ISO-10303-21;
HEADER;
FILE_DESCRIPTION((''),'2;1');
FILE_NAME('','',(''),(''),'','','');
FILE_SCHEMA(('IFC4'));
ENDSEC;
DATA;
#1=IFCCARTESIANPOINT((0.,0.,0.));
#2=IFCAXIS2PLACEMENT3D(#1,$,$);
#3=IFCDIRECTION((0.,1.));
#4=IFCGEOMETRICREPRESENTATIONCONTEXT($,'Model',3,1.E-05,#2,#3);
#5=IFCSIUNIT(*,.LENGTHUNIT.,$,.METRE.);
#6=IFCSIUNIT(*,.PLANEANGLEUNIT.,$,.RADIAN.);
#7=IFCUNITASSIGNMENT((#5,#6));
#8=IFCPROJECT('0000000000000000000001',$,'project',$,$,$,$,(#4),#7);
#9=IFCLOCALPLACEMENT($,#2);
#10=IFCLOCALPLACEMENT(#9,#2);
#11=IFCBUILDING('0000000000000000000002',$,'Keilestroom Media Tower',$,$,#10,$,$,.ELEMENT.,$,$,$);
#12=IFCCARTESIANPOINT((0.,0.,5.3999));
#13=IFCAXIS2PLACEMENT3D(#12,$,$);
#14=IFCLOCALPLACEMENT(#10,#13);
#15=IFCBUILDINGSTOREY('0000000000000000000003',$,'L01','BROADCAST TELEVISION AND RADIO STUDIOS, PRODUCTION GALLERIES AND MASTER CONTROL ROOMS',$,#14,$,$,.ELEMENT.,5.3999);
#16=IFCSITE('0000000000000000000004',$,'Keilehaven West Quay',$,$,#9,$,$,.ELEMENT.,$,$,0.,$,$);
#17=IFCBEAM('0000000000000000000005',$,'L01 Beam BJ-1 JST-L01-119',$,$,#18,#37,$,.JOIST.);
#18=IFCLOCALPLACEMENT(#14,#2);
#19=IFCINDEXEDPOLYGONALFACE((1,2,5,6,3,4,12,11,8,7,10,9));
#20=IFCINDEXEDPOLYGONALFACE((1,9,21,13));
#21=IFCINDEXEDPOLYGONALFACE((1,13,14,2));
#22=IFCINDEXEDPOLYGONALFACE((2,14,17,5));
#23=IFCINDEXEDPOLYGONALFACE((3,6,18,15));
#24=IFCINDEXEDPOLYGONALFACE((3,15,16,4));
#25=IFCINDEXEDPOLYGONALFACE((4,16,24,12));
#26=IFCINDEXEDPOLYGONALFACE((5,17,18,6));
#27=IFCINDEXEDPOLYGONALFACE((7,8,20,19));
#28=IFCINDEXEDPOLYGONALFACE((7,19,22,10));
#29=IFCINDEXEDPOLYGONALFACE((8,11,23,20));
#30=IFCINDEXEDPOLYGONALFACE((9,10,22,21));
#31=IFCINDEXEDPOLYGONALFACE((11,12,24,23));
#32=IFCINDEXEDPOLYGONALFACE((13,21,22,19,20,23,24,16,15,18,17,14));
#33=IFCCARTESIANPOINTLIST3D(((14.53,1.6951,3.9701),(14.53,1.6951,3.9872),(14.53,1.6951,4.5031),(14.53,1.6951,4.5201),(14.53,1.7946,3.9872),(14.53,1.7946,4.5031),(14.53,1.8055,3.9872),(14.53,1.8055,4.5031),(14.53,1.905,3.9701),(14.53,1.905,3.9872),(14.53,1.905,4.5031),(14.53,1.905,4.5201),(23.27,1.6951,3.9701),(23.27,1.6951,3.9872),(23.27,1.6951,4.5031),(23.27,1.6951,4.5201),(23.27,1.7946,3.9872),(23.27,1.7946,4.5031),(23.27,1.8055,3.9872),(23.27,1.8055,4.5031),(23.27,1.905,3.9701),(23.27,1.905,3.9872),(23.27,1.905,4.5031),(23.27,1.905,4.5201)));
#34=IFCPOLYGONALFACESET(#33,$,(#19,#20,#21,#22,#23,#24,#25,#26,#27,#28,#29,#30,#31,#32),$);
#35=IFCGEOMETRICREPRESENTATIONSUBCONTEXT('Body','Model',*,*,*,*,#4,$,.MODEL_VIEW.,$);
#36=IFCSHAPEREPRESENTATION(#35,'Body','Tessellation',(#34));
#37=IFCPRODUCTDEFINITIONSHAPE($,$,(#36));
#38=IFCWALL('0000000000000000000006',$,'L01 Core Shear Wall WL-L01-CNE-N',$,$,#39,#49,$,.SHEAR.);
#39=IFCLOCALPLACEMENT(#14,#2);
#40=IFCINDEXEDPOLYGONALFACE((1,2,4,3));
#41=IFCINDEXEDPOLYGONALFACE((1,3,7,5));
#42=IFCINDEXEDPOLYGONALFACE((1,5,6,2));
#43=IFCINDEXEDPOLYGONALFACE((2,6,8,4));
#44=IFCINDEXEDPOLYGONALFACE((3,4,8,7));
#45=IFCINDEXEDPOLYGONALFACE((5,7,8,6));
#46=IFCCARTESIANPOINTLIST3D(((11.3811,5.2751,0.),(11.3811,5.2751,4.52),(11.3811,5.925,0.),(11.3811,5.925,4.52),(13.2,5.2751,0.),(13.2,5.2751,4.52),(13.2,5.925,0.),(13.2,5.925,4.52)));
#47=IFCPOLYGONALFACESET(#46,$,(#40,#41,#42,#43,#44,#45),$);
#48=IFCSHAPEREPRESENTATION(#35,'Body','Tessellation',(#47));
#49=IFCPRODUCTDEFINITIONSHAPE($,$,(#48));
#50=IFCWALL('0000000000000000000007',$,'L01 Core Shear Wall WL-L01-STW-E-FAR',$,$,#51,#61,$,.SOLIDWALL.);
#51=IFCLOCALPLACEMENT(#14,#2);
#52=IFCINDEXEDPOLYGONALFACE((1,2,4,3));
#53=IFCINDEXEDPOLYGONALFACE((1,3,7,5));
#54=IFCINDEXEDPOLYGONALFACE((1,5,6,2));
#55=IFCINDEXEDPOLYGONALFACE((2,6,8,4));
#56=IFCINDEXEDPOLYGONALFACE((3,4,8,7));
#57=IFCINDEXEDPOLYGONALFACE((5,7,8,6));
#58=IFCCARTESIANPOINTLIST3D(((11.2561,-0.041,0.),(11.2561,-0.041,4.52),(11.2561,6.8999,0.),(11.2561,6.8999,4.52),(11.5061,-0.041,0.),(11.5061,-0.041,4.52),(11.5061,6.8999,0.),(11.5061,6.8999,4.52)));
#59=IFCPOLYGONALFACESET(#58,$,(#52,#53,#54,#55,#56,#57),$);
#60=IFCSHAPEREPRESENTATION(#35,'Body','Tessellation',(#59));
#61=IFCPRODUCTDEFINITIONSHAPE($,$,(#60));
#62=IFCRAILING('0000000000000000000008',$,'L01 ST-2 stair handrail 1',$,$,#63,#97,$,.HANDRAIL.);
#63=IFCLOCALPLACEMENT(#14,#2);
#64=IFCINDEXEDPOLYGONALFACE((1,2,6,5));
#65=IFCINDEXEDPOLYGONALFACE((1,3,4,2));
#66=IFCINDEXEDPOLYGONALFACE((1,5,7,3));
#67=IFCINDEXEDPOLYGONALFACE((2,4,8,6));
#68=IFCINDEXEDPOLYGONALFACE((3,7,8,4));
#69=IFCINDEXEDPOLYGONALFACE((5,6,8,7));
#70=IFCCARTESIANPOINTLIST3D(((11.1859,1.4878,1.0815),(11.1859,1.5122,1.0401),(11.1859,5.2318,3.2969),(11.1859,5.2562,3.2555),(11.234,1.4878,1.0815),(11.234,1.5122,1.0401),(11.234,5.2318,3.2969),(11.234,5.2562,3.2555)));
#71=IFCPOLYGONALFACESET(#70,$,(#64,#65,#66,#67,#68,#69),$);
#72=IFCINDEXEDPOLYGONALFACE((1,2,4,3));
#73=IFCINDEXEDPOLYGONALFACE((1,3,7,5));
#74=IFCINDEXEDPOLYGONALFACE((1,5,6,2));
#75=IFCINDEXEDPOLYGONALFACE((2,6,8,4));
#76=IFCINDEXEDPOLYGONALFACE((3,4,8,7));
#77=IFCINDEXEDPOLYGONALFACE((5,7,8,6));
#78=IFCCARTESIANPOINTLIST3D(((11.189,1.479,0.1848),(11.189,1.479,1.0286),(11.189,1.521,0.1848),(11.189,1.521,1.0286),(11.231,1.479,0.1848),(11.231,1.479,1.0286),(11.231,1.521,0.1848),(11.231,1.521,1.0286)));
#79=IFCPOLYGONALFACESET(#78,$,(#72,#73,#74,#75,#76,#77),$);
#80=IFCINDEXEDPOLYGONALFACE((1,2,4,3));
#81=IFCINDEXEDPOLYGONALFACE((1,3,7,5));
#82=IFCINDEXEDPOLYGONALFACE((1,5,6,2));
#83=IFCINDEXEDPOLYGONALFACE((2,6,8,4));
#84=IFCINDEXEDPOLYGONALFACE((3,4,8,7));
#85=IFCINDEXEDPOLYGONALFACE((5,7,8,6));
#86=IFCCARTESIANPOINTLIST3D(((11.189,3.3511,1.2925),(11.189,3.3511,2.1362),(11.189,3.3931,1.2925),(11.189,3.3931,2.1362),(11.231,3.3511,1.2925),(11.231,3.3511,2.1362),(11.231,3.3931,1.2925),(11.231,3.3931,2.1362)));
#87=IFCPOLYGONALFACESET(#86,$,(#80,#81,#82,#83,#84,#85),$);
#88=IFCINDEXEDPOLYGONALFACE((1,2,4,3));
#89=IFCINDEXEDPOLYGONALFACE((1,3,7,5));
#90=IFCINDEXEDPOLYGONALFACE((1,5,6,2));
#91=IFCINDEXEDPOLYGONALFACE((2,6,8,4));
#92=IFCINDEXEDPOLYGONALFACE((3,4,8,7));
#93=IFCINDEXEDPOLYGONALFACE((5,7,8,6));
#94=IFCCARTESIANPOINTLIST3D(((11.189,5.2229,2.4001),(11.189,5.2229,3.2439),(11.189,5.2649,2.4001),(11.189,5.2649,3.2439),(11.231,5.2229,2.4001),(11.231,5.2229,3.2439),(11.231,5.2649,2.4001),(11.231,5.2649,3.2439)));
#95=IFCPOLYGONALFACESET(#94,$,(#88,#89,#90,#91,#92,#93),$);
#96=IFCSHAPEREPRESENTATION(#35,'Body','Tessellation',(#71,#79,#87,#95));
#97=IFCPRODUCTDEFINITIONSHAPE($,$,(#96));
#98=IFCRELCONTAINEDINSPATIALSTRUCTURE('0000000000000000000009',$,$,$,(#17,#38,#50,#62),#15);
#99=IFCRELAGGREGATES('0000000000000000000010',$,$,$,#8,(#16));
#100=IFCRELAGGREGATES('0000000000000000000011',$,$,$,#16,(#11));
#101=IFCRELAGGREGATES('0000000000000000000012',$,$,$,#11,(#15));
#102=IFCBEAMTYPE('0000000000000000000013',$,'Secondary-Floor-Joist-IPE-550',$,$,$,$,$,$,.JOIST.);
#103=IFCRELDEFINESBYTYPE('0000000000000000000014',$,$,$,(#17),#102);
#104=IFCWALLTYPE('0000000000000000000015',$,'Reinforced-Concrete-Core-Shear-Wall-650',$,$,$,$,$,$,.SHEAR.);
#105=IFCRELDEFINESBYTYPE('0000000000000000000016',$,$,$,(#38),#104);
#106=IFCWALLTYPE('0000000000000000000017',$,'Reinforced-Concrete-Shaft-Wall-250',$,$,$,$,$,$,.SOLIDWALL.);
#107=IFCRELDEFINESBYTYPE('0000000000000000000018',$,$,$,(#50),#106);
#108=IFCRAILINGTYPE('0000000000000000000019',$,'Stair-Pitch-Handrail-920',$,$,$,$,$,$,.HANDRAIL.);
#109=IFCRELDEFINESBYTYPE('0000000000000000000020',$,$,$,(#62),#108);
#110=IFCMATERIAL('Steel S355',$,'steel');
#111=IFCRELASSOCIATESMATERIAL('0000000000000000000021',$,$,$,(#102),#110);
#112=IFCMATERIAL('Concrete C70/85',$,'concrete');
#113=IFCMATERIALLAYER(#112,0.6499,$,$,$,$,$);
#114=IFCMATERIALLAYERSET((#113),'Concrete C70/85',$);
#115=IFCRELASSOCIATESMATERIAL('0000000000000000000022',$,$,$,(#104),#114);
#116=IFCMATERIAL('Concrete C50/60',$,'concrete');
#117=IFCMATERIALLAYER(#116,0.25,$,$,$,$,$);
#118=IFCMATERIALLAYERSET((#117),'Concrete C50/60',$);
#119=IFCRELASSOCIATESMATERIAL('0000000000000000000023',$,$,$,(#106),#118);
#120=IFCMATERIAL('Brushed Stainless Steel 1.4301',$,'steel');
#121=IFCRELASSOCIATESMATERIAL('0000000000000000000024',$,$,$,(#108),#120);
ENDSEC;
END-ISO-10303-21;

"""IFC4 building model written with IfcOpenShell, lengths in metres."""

from ifc_helpers import new_model, si_unit, direction, frame, frame_2d, origin, origin_2d, place, context, subcontext, project, spatial, rectangle, i_section, extrude, source, transform, mapped, material, layer, layer_set, material_profile, profile_set, type_object, element, save


model = new_model("IFC4")

# Units and contexts
model_context = context("Model", 3, precision=1e-05, world=origin(), true_north=direction((0.0, 1.0)))
body_context = subcontext(model_context, "Body", "Model", "MODEL_VIEW")
ifc_project = project(units=[si_unit("LENGTHUNIT", "METRE"), si_unit("PLANEANGLEUNIT", "RADIAN")], contexts=[model_context])

# Site, building, storey
site_placement = place(None, origin())
site = spatial("IfcSite", under=ifc_project, at=site_placement, Name="Keilehaven West Quay", CompositionType="ELEMENT", RefElevation=0.0)
building_placement = place(site_placement, origin())
building = spatial("IfcBuilding", under=site, at=building_placement, Name="Keilestroom Media Tower", CompositionType="ELEMENT")
storey_placement = place(building_placement, frame((0.0, 0.0, 5.3999)))
storey = spatial("IfcBuildingStorey", under=building, at=storey_placement, Name="L01", Description="BROADCAST TELEVISION AND RADIO STUDIOS, PRODUCTION GALLERIES AND MASTER CONTROL ROOMS", CompositionType="ELEMENT", Elevation=5.3999)

# Shared definitions
ifc_material_1 = material(Name="Concrete C70/85", Category="concrete")

# Beam
ifc_material_2 = material(Name="Steel S355", Category="steel")
ifc_material_profile_1 = material_profile(ifc_material_2, i_section(OverallWidth=0.21, OverallDepth=0.55, WebThickness=0.011, FlangeThickness=0.0171, at=origin_2d()), Name="IPE 550")
ifc_profile_set_1 = profile_set([ifc_material_profile_1], Name="Steel S355")
beam_type_1 = type_object("IfcBeamType", Name="Secondary-Floor-Joist-IPE-550", PredefinedType="JOIST", material=ifc_profile_set_1)
shared_shape_1 = source(origin(), body_context, "Body", "SweptSolid", [
    extrude(i_section(OverallWidth=0.21, OverallDepth=0.55, WebThickness=0.011, FlangeThickness=0.0171, at=origin_2d()), origin(), (0.0, 0.0, 1.0), 8.74),
])
for number, where, z_axis, x_axis, name in (
    (1, (14.53, 1.8, 4.2451), (1.0, 0.0, 0.0), (0.0, 1.0, 0.0), "L01 Beam BJ-1 JST-L01-119"),
):
    element("IfcBeam", number, at=place(storey_placement, frame(where, z_axis=z_axis, x_axis=x_axis)), inside=storey, type_object=beam_type_1, Name=name, PredefinedType="JOIST", context=body_context, shape_type="MappedRepresentation", body=[
        mapped(shared_shape_1, transform((0.0, 0.0, 0.0), x_axis=(1.0, 0.0, 0.0), y_axis=(0.0, 1.0, 0.0), z_axis=(0.0, 0.0, 1.0), scale=1.0)),
    ])

# Walls
ifc_layer_1 = layer(ifc_material_1, 0.6499)
ifc_layer_set_1 = layer_set([ifc_layer_1], Name="Concrete C70/85")
wall_type_1 = type_object("IfcWallType", Name="Reinforced-Concrete-Core-Shear-Wall-650", PredefinedType="SHEAR", material=ifc_layer_set_1)
wall_1_placement = place(storey_placement, frame((11.3811, 5.6001, 0.0), z_axis=(0.0, 0.0, 1.0), x_axis=(1.0, 0.0, 0.0)))
element("IfcWall", 2, at=wall_1_placement, inside=storey, type_object=wall_type_1, Name="L01 Core Shear Wall WL-L01-CNE-N", PredefinedType="SHEAR", context=body_context, shape_type="SweptSolid", body=[
    extrude(rectangle(XDim=1.8188, YDim=0.6499, at=frame_2d((0.9094, 0.0))), origin(), (0.0, 0.0, 1.0), 4.52),
])
ifc_material_3 = material(Name="Concrete C50/60", Category="concrete")
ifc_layer_2 = layer(ifc_material_3, 0.25)
ifc_layer_set_2 = layer_set([ifc_layer_2], Name="Concrete C50/60")
wall_type_2 = type_object("IfcWallType", Name="Reinforced-Concrete-Shaft-Wall-250", PredefinedType="SOLIDWALL", material=ifc_layer_set_2)
wall_2_placement = place(storey_placement, frame((11.3811, -0.041, 0.0), z_axis=(0.0, 0.0, 1.0), x_axis=(0.0, 1.0, 0.0)))
element("IfcWall", 3, at=wall_2_placement, inside=storey, type_object=wall_type_2, Name="L01 Core Shear Wall WL-L01-STW-E-FAR", PredefinedType="SOLIDWALL", context=body_context, shape_type="SweptSolid", body=[
    extrude(rectangle(XDim=6.9409, YDim=0.25, at=frame_2d((3.4705, 0.0))), origin(), (0.0, 0.0, 1.0), 4.52),
])

# Railing
ifc_material_4 = material(Name="Brushed Stainless Steel 1.4301", Category="steel")
railing_type = type_object("IfcRailingType", Name="Stair-Pitch-Handrail-920", PredefinedType="HANDRAIL", material=ifc_material_4)
railing_placement = place(storey_placement, frame((11.21, 1.5, 0.1848)))
element("IfcRailing", 4, at=railing_placement, inside=storey, type_object=railing_type, Name="L01 ST-2 stair handrail 1", PredefinedType="HANDRAIL", context=body_context, shape_type="SweptSolid", body=[
    extrude(rectangle(XDim=0.0481, YDim=0.0481, at=origin_2d()), frame((0.0, 0.0, 0.876), z_axis=(0.0, 0.860621, 0.509245), x_axis=(-1.0, 0.0, 0.0)), (0.0, 0.0, 1.0), 4.3503),
    extrude(rectangle(XDim=0.042, YDim=0.042, at=origin_2d()), origin(), (0.0, 0.0, 1.0), 0.8438),
    extrude(rectangle(XDim=0.042, YDim=0.042, at=origin_2d()), frame((0.0, 1.8721, 1.1077)), (0.0, 0.0, 1.0), 0.8438),
    extrude(rectangle(XDim=0.042, YDim=0.042, at=origin_2d()), frame((0.0, 3.7439, 2.2153)), (0.0, 0.0, 1.0), 0.8438),
])

save(model, "model.ifc")
